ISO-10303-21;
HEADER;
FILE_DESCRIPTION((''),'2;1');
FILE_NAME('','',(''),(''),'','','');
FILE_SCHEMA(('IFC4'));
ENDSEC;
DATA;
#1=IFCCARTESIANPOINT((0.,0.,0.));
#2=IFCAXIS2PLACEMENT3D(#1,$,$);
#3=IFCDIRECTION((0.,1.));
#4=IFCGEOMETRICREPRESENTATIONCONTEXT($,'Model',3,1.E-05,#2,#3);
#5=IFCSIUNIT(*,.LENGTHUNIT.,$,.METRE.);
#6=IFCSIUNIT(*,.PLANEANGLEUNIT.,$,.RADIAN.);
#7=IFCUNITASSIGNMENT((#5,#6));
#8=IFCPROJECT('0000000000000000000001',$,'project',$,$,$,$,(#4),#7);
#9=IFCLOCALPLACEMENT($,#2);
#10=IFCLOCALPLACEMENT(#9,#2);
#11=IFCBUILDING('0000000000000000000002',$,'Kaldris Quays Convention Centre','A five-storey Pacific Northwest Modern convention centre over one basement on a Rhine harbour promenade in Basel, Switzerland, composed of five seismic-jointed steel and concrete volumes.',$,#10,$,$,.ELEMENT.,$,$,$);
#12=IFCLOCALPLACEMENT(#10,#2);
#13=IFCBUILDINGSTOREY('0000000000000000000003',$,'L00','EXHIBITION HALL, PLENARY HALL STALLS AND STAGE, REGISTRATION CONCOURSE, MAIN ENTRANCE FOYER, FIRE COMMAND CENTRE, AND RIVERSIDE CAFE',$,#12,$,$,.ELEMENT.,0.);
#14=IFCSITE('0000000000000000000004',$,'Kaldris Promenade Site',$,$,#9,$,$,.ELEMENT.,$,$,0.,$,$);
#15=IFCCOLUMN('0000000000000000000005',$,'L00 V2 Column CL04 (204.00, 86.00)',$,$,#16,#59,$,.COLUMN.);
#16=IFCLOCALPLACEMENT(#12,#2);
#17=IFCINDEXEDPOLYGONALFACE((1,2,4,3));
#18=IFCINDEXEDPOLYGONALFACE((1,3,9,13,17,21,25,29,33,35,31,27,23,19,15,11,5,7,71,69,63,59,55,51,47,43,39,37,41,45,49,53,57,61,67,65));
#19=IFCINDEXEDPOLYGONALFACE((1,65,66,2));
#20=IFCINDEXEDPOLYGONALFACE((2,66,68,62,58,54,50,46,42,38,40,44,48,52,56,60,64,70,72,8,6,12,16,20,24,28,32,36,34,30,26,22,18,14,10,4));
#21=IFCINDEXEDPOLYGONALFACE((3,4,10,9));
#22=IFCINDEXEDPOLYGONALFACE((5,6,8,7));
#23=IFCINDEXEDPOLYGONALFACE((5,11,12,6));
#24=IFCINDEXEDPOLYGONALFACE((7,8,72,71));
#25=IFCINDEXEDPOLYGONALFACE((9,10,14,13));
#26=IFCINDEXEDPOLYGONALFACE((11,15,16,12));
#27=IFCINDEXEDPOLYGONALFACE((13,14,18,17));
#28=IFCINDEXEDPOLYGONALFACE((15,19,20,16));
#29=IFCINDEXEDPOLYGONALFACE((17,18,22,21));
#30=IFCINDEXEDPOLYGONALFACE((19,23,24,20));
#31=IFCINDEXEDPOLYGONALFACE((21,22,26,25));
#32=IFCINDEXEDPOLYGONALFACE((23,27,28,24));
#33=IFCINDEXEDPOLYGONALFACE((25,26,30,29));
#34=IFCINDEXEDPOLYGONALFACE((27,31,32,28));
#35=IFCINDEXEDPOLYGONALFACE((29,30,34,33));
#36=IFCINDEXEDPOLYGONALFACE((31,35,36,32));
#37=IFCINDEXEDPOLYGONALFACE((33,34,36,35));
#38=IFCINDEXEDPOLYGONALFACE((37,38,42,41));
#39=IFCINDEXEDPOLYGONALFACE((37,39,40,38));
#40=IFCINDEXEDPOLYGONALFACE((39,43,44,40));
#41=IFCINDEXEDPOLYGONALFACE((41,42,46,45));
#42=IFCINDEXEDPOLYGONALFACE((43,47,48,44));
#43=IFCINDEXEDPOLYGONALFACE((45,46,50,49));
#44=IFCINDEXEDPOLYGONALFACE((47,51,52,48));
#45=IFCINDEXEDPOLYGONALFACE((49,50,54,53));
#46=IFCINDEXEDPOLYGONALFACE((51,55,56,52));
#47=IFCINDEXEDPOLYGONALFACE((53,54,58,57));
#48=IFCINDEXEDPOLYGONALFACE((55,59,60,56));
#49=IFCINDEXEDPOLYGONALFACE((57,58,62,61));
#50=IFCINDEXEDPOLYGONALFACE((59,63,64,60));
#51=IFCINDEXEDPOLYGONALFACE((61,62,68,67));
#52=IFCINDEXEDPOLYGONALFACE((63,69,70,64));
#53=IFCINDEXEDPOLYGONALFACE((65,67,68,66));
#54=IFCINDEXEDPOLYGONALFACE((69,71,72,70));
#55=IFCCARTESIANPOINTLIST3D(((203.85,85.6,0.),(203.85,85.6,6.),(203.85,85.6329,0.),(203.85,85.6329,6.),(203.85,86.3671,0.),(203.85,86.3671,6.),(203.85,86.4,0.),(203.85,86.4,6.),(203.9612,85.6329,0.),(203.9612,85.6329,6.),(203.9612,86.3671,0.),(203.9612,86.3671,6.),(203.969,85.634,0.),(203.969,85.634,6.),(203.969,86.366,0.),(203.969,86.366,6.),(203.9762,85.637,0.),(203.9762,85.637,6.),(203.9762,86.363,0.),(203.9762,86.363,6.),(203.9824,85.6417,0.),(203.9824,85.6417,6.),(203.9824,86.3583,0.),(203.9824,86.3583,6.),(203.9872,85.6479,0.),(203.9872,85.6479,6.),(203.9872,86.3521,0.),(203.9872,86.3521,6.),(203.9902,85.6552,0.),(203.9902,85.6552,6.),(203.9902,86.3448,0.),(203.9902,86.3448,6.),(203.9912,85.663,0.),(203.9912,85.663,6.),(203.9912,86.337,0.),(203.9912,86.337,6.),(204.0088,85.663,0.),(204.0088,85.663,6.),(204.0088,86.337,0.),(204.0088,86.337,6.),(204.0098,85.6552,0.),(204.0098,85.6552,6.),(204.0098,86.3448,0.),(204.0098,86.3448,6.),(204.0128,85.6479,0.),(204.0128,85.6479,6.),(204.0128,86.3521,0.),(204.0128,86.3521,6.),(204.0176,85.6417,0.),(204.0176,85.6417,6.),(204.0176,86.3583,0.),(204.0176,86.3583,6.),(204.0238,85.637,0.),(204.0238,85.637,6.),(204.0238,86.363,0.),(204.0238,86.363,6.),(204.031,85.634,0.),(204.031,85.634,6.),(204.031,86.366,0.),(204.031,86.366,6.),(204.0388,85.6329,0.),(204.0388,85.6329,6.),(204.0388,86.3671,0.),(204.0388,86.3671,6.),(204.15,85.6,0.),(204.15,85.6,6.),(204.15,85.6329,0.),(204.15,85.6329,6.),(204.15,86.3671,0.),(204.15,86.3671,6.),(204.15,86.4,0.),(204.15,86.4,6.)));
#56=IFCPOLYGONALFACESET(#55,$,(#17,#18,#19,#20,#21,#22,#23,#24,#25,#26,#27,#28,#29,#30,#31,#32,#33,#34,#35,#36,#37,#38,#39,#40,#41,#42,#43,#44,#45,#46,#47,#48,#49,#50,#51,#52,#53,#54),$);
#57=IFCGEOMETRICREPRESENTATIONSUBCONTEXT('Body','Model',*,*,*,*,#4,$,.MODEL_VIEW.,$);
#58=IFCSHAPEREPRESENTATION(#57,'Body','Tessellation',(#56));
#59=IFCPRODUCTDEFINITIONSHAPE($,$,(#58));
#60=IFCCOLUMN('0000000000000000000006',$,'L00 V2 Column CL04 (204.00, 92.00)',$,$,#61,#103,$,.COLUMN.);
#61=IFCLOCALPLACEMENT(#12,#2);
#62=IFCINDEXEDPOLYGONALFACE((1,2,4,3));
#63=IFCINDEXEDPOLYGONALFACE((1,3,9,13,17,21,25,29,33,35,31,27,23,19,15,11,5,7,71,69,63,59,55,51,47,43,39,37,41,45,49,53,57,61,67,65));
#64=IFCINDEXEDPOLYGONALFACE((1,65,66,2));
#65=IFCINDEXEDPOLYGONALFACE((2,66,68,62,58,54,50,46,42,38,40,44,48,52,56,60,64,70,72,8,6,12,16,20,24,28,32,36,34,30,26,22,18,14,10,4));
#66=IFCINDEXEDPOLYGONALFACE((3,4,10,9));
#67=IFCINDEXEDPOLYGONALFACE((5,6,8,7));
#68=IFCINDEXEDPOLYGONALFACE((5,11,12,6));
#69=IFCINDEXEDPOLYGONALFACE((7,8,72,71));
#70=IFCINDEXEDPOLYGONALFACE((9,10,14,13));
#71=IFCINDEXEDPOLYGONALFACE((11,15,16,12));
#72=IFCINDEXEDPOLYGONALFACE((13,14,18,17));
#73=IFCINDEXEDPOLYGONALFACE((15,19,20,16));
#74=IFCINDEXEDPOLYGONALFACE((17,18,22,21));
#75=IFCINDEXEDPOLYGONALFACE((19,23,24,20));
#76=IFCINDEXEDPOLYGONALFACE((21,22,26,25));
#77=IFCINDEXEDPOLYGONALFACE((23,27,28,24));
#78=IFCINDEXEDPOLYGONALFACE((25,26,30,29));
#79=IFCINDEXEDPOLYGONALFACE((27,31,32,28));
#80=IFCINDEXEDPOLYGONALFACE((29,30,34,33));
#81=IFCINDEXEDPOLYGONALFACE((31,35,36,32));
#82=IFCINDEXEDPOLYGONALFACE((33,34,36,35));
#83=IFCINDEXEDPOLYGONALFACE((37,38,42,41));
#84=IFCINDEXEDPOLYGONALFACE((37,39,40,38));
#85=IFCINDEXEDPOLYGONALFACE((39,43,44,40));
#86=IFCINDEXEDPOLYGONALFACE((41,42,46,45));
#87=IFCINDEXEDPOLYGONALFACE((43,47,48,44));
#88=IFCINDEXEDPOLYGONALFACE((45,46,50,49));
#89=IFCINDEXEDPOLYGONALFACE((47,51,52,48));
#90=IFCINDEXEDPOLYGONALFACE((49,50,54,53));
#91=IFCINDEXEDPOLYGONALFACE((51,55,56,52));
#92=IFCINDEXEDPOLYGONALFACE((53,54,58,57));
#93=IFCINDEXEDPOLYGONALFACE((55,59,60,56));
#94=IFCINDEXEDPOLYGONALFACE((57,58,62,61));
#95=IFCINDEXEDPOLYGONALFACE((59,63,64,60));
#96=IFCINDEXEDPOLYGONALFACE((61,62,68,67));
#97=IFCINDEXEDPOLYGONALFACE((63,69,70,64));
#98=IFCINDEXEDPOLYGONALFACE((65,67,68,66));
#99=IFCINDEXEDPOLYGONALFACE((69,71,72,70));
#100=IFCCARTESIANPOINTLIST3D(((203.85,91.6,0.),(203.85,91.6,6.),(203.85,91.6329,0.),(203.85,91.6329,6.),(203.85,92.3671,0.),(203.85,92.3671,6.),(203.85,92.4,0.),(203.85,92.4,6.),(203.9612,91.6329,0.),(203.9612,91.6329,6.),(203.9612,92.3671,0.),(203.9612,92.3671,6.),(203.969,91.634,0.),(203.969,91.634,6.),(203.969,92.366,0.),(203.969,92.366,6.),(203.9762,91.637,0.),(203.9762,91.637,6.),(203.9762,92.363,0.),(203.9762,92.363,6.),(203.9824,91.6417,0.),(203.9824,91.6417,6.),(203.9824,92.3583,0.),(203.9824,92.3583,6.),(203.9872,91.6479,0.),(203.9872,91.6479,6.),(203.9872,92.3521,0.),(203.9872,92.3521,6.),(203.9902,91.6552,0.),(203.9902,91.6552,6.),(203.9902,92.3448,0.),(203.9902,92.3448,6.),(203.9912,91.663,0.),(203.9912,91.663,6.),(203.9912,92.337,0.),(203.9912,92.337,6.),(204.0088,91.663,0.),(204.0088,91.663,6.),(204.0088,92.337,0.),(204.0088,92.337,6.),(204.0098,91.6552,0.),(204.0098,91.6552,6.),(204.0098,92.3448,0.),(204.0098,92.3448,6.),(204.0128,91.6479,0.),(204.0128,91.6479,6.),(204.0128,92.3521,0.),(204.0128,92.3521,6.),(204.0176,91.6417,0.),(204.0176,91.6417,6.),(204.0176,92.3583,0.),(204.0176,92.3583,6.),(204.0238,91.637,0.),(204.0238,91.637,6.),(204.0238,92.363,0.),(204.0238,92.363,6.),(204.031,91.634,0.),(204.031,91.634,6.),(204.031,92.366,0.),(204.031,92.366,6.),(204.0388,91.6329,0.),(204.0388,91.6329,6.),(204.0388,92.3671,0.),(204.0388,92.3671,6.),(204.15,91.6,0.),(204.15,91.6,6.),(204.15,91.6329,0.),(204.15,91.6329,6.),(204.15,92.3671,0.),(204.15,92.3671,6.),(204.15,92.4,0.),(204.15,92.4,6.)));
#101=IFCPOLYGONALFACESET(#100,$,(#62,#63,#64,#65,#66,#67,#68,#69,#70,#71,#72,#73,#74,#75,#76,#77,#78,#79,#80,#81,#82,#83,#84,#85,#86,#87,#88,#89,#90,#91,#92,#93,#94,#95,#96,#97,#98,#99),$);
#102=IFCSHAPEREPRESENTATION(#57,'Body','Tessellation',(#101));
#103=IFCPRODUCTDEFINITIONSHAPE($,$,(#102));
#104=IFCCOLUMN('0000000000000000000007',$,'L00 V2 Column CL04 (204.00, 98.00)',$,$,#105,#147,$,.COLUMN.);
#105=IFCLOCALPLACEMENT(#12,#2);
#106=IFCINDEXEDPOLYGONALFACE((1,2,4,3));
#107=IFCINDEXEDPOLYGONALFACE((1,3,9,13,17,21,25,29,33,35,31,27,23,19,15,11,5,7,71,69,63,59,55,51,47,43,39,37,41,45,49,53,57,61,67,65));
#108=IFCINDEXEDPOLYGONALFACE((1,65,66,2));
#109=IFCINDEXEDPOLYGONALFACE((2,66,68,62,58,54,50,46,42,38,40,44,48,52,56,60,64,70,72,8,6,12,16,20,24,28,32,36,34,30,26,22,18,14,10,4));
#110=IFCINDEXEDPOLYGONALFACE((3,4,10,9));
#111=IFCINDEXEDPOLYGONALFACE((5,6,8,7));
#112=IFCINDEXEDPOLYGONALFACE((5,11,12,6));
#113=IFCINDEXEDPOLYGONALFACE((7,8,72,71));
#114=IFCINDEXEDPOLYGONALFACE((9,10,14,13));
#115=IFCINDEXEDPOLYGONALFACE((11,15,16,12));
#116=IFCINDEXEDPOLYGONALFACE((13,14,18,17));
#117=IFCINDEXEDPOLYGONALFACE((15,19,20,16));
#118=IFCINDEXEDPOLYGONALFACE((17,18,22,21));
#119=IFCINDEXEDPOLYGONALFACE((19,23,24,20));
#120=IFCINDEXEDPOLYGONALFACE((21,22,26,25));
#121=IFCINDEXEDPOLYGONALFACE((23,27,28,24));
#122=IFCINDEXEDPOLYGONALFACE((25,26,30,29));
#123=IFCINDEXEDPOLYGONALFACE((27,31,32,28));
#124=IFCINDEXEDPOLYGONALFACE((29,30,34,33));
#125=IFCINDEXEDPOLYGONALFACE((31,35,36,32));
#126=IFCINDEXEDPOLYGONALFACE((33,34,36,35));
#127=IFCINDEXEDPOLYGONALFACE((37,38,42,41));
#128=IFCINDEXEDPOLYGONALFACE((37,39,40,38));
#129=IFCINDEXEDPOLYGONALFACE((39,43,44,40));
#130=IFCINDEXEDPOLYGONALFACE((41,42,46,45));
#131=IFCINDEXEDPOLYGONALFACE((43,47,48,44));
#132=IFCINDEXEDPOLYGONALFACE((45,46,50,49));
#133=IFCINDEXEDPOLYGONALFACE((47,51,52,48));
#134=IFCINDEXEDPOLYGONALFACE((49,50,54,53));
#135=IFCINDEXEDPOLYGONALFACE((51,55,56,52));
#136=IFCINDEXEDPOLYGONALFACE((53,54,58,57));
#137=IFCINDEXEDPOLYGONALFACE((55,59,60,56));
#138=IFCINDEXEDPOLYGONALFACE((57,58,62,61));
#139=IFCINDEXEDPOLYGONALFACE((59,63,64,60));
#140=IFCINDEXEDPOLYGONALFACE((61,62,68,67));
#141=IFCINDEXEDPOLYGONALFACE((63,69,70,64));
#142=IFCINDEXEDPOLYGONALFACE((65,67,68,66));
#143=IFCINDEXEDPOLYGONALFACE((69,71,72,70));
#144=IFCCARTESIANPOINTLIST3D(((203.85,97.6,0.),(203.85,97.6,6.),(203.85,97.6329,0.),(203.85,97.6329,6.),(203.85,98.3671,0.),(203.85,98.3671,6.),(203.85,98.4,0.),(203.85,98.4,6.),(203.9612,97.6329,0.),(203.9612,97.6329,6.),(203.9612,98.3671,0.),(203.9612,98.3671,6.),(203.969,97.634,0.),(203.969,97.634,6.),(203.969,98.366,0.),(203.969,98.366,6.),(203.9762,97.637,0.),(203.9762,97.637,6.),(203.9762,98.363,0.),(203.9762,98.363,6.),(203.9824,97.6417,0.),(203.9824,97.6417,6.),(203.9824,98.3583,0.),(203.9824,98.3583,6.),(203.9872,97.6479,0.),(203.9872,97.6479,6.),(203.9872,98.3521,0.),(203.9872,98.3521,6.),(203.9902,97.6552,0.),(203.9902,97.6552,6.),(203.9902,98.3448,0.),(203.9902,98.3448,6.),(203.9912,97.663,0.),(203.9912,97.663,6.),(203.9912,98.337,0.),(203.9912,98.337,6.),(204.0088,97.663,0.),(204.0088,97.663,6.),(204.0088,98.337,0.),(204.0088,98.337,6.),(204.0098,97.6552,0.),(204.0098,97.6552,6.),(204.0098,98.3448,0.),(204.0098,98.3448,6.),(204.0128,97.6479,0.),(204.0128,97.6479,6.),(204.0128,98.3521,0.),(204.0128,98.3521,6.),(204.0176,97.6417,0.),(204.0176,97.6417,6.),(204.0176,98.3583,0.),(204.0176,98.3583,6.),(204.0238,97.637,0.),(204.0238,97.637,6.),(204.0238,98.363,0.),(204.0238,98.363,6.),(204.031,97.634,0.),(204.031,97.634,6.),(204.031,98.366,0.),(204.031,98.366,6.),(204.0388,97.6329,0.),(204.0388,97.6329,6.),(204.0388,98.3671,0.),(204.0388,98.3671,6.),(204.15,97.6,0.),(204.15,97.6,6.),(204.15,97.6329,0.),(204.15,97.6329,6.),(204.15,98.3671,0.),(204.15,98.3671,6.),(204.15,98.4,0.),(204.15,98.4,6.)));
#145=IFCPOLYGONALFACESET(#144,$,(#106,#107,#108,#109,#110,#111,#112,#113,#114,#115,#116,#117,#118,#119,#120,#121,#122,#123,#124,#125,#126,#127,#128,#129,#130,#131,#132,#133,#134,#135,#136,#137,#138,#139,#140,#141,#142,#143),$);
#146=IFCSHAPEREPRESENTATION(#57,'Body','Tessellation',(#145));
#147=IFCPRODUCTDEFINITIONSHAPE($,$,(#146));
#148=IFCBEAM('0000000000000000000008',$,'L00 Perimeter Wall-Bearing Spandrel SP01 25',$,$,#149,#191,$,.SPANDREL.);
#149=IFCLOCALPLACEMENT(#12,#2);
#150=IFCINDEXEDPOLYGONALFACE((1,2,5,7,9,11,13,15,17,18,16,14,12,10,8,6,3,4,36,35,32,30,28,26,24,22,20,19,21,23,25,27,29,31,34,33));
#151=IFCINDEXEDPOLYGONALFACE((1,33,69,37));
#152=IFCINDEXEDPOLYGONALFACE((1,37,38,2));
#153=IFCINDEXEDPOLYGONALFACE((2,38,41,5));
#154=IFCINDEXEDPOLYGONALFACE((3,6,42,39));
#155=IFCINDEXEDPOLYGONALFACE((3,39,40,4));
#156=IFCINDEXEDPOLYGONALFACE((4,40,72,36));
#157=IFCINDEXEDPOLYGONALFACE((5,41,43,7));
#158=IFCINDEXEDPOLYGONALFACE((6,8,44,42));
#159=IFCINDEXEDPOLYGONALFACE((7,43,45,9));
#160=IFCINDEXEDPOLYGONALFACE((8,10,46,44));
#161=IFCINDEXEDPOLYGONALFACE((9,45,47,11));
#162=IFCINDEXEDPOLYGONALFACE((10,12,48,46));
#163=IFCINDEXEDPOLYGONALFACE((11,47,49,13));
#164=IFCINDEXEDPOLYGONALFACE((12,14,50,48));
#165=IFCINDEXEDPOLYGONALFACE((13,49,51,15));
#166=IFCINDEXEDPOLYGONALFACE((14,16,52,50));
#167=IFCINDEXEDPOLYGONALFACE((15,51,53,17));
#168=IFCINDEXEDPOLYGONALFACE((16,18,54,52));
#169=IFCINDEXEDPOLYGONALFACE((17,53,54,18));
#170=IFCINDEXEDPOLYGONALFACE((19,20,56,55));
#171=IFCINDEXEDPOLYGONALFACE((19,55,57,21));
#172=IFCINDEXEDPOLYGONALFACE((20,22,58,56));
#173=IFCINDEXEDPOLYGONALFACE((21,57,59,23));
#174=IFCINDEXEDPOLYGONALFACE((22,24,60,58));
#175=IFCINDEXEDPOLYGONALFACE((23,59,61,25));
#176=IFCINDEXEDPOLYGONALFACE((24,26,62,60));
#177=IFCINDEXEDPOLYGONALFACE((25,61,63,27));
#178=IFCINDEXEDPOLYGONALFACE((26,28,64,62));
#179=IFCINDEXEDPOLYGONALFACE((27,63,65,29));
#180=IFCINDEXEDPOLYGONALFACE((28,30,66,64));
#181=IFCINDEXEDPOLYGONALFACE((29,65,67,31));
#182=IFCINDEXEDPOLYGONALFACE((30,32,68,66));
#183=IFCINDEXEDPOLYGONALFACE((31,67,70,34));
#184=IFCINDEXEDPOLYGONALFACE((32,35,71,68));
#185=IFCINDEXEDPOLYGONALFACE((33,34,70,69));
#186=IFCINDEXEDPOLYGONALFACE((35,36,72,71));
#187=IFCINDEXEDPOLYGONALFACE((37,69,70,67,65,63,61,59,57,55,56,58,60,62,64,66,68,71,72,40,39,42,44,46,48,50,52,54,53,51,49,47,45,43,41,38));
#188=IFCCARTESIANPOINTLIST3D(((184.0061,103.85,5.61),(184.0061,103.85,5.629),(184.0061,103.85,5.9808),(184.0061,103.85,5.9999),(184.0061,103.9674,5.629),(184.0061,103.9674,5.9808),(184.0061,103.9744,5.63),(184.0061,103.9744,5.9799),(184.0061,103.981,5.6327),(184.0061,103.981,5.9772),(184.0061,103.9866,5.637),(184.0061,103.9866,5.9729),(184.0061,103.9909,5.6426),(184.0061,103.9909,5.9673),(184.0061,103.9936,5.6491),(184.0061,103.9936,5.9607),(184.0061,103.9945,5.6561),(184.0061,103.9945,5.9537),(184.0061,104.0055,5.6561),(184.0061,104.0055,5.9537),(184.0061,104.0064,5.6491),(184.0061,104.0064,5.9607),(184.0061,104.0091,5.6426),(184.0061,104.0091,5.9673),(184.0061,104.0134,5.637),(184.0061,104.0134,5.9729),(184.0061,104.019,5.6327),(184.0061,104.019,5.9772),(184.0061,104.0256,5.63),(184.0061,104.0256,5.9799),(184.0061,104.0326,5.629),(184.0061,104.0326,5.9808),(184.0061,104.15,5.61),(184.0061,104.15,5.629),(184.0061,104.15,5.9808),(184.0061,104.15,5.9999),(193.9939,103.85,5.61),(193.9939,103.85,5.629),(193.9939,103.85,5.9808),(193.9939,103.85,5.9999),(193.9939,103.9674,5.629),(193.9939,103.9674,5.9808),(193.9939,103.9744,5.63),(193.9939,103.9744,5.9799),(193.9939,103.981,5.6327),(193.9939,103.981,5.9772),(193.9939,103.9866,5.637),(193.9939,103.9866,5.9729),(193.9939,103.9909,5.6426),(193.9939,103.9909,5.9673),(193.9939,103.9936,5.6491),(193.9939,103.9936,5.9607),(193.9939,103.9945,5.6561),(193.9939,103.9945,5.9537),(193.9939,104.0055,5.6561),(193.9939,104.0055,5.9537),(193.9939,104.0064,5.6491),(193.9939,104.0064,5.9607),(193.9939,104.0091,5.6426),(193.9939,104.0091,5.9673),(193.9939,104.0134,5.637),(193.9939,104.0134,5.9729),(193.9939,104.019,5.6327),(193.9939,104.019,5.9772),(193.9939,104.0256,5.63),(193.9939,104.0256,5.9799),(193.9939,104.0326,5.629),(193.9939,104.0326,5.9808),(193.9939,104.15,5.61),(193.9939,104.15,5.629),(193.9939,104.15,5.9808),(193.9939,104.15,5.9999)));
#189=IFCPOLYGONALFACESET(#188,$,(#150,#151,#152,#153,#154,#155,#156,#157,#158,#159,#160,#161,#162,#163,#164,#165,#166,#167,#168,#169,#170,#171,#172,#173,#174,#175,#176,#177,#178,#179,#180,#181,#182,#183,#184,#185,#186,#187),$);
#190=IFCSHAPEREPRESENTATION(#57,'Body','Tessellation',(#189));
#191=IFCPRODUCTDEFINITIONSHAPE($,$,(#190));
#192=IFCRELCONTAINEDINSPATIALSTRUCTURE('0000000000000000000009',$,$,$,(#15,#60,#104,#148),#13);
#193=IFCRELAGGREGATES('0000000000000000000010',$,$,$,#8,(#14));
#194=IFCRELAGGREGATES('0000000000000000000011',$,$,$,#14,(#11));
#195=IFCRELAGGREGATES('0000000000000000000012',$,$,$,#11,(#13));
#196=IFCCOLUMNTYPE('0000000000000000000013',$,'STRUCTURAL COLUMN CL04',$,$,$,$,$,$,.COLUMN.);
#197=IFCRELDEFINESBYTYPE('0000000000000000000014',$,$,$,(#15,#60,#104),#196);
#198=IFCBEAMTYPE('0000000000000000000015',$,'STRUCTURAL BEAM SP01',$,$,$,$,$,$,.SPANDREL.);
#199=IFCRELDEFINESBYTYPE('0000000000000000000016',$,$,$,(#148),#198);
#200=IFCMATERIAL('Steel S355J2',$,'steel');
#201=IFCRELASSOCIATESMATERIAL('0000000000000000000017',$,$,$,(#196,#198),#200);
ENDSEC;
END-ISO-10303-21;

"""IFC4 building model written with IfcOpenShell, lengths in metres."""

from ifc_helpers import new_model, si_unit, direction, frame, origin, origin_2d, place, context, subcontext, project, spatial, i_section, extrude, material, material_profile, profile_set, type_object, element, save


model = new_model("IFC4")

# Units and contexts
model_context = context("Model", 3, precision=1e-05, world=origin(), true_north=direction((0.0, 1.0)))
body_context = subcontext(model_context, "Body", "Model", "MODEL_VIEW")
ifc_project = project(units=[si_unit("LENGTHUNIT", "METRE"), si_unit("PLANEANGLEUNIT", "RADIAN")], contexts=[model_context])

# Site, building, storey
site_placement = place(None, origin())
site = spatial("IfcSite", under=ifc_project, at=site_placement, Name="Kaldris Promenade Site", CompositionType="ELEMENT", RefElevation=0.0)
building_placement = place(site_placement, origin())
building = spatial("IfcBuilding", under=site, at=building_placement, Name="Kaldris Quays Convention Centre", Description="A five-storey Pacific Northwest Modern convention centre over one basement on a Rhine harbour promenade in Basel, Switzerland, composed of five seismic-jointed steel and concrete volumes.", CompositionType="ELEMENT")
storey_placement = place(building_placement, origin())
storey = spatial("IfcBuildingStorey", under=building, at=storey_placement, Name="L00", Description="EXHIBITION HALL, PLENARY HALL STALLS AND STAGE, REGISTRATION CONCOURSE, MAIN ENTRANCE FOYER, FIRE COMMAND CENTRE, AND RIVERSIDE CAFE", CompositionType="ELEMENT", Elevation=0.0)

# Columns
ifc_material_1 = material(Name="Steel S355J2", Category="steel")
ifc_material_profile_1 = material_profile(ifc_material_1, i_section(OverallWidth=0.3, OverallDepth=0.8, WebThickness=0.0176, FlangeThickness=0.033, FilletRadius=0.03, at=origin_2d()), Name="HEB 800")
ifc_profile_set_1 = profile_set([ifc_material_profile_1], Name="Steel S355J2")
column_type = type_object("IfcColumnType", Name="STRUCTURAL COLUMN CL04", PredefinedType="COLUMN", material=ifc_profile_set_1)
for number, where, z_axis, x_axis, name in (
    (1, (204.0, 86.0, 0.0), (0.0, 0.0, 1.0), (1.0, 0.0, 0.0), "L00 V2 Column CL04 (204.00, 86.00)"),
    (2, (204.0, 92.0, 0.0), (0.0, 0.0, 1.0), (1.0, 0.0, 0.0), "L00 V2 Column CL04 (204.00, 92.00)"),
    (3, (204.0, 98.0, 0.0), (0.0, 0.0, 1.0), (1.0, 0.0, 0.0), "L00 V2 Column CL04 (204.00, 98.00)"),
):
    element("IfcColumn", number, at=place(storey_placement, frame(where, z_axis=z_axis, x_axis=x_axis)), inside=storey, type_object=column_type, Name=name, PredefinedType="COLUMN", context=body_context, shape_type="SweptSolid", body=[
        extrude(i_section(OverallWidth=0.3, OverallDepth=0.8, WebThickness=0.0176, FlangeThickness=0.033, FilletRadius=0.03, at=origin_2d()), origin(), (0.0, 0.0, 1.0), 6.0),
    ])

# Beam
ifc_material_profile_2 = material_profile(ifc_material_1, i_section(OverallWidth=0.3, OverallDepth=0.3899, WebThickness=0.011, FlangeThickness=0.019, FilletRadius=0.0271, at=origin_2d()), Name="HEA 400")
ifc_profile_set_2 = profile_set([ifc_material_profile_2], Name="Steel S355J2")
beam_type_1 = type_object("IfcBeamType", Name="STRUCTURAL BEAM SP01", PredefinedType="SPANDREL", material=ifc_profile_set_2)
beam_1_placement = place(storey_placement, frame((184.0061, 104.0, 5.8049), z_axis=(1.0, 0.0, 0.0), x_axis=(0.0, 1.0, 0.0)))
element("IfcBeam", 4, at=beam_1_placement, inside=storey, type_object=beam_type_1, Name="L00 Perimeter Wall-Bearing Spandrel SP01 25", PredefinedType="SPANDREL", context=body_context, shape_type="SweptSolid", body=[
    extrude(i_section(OverallWidth=0.3, OverallDepth=0.3899, WebThickness=0.011, FlangeThickness=0.019, FilletRadius=0.0271, at=origin_2d()), origin(), (0.0, 0.0, 1.0), 9.9878),
])

save(model, "model.ifc")
